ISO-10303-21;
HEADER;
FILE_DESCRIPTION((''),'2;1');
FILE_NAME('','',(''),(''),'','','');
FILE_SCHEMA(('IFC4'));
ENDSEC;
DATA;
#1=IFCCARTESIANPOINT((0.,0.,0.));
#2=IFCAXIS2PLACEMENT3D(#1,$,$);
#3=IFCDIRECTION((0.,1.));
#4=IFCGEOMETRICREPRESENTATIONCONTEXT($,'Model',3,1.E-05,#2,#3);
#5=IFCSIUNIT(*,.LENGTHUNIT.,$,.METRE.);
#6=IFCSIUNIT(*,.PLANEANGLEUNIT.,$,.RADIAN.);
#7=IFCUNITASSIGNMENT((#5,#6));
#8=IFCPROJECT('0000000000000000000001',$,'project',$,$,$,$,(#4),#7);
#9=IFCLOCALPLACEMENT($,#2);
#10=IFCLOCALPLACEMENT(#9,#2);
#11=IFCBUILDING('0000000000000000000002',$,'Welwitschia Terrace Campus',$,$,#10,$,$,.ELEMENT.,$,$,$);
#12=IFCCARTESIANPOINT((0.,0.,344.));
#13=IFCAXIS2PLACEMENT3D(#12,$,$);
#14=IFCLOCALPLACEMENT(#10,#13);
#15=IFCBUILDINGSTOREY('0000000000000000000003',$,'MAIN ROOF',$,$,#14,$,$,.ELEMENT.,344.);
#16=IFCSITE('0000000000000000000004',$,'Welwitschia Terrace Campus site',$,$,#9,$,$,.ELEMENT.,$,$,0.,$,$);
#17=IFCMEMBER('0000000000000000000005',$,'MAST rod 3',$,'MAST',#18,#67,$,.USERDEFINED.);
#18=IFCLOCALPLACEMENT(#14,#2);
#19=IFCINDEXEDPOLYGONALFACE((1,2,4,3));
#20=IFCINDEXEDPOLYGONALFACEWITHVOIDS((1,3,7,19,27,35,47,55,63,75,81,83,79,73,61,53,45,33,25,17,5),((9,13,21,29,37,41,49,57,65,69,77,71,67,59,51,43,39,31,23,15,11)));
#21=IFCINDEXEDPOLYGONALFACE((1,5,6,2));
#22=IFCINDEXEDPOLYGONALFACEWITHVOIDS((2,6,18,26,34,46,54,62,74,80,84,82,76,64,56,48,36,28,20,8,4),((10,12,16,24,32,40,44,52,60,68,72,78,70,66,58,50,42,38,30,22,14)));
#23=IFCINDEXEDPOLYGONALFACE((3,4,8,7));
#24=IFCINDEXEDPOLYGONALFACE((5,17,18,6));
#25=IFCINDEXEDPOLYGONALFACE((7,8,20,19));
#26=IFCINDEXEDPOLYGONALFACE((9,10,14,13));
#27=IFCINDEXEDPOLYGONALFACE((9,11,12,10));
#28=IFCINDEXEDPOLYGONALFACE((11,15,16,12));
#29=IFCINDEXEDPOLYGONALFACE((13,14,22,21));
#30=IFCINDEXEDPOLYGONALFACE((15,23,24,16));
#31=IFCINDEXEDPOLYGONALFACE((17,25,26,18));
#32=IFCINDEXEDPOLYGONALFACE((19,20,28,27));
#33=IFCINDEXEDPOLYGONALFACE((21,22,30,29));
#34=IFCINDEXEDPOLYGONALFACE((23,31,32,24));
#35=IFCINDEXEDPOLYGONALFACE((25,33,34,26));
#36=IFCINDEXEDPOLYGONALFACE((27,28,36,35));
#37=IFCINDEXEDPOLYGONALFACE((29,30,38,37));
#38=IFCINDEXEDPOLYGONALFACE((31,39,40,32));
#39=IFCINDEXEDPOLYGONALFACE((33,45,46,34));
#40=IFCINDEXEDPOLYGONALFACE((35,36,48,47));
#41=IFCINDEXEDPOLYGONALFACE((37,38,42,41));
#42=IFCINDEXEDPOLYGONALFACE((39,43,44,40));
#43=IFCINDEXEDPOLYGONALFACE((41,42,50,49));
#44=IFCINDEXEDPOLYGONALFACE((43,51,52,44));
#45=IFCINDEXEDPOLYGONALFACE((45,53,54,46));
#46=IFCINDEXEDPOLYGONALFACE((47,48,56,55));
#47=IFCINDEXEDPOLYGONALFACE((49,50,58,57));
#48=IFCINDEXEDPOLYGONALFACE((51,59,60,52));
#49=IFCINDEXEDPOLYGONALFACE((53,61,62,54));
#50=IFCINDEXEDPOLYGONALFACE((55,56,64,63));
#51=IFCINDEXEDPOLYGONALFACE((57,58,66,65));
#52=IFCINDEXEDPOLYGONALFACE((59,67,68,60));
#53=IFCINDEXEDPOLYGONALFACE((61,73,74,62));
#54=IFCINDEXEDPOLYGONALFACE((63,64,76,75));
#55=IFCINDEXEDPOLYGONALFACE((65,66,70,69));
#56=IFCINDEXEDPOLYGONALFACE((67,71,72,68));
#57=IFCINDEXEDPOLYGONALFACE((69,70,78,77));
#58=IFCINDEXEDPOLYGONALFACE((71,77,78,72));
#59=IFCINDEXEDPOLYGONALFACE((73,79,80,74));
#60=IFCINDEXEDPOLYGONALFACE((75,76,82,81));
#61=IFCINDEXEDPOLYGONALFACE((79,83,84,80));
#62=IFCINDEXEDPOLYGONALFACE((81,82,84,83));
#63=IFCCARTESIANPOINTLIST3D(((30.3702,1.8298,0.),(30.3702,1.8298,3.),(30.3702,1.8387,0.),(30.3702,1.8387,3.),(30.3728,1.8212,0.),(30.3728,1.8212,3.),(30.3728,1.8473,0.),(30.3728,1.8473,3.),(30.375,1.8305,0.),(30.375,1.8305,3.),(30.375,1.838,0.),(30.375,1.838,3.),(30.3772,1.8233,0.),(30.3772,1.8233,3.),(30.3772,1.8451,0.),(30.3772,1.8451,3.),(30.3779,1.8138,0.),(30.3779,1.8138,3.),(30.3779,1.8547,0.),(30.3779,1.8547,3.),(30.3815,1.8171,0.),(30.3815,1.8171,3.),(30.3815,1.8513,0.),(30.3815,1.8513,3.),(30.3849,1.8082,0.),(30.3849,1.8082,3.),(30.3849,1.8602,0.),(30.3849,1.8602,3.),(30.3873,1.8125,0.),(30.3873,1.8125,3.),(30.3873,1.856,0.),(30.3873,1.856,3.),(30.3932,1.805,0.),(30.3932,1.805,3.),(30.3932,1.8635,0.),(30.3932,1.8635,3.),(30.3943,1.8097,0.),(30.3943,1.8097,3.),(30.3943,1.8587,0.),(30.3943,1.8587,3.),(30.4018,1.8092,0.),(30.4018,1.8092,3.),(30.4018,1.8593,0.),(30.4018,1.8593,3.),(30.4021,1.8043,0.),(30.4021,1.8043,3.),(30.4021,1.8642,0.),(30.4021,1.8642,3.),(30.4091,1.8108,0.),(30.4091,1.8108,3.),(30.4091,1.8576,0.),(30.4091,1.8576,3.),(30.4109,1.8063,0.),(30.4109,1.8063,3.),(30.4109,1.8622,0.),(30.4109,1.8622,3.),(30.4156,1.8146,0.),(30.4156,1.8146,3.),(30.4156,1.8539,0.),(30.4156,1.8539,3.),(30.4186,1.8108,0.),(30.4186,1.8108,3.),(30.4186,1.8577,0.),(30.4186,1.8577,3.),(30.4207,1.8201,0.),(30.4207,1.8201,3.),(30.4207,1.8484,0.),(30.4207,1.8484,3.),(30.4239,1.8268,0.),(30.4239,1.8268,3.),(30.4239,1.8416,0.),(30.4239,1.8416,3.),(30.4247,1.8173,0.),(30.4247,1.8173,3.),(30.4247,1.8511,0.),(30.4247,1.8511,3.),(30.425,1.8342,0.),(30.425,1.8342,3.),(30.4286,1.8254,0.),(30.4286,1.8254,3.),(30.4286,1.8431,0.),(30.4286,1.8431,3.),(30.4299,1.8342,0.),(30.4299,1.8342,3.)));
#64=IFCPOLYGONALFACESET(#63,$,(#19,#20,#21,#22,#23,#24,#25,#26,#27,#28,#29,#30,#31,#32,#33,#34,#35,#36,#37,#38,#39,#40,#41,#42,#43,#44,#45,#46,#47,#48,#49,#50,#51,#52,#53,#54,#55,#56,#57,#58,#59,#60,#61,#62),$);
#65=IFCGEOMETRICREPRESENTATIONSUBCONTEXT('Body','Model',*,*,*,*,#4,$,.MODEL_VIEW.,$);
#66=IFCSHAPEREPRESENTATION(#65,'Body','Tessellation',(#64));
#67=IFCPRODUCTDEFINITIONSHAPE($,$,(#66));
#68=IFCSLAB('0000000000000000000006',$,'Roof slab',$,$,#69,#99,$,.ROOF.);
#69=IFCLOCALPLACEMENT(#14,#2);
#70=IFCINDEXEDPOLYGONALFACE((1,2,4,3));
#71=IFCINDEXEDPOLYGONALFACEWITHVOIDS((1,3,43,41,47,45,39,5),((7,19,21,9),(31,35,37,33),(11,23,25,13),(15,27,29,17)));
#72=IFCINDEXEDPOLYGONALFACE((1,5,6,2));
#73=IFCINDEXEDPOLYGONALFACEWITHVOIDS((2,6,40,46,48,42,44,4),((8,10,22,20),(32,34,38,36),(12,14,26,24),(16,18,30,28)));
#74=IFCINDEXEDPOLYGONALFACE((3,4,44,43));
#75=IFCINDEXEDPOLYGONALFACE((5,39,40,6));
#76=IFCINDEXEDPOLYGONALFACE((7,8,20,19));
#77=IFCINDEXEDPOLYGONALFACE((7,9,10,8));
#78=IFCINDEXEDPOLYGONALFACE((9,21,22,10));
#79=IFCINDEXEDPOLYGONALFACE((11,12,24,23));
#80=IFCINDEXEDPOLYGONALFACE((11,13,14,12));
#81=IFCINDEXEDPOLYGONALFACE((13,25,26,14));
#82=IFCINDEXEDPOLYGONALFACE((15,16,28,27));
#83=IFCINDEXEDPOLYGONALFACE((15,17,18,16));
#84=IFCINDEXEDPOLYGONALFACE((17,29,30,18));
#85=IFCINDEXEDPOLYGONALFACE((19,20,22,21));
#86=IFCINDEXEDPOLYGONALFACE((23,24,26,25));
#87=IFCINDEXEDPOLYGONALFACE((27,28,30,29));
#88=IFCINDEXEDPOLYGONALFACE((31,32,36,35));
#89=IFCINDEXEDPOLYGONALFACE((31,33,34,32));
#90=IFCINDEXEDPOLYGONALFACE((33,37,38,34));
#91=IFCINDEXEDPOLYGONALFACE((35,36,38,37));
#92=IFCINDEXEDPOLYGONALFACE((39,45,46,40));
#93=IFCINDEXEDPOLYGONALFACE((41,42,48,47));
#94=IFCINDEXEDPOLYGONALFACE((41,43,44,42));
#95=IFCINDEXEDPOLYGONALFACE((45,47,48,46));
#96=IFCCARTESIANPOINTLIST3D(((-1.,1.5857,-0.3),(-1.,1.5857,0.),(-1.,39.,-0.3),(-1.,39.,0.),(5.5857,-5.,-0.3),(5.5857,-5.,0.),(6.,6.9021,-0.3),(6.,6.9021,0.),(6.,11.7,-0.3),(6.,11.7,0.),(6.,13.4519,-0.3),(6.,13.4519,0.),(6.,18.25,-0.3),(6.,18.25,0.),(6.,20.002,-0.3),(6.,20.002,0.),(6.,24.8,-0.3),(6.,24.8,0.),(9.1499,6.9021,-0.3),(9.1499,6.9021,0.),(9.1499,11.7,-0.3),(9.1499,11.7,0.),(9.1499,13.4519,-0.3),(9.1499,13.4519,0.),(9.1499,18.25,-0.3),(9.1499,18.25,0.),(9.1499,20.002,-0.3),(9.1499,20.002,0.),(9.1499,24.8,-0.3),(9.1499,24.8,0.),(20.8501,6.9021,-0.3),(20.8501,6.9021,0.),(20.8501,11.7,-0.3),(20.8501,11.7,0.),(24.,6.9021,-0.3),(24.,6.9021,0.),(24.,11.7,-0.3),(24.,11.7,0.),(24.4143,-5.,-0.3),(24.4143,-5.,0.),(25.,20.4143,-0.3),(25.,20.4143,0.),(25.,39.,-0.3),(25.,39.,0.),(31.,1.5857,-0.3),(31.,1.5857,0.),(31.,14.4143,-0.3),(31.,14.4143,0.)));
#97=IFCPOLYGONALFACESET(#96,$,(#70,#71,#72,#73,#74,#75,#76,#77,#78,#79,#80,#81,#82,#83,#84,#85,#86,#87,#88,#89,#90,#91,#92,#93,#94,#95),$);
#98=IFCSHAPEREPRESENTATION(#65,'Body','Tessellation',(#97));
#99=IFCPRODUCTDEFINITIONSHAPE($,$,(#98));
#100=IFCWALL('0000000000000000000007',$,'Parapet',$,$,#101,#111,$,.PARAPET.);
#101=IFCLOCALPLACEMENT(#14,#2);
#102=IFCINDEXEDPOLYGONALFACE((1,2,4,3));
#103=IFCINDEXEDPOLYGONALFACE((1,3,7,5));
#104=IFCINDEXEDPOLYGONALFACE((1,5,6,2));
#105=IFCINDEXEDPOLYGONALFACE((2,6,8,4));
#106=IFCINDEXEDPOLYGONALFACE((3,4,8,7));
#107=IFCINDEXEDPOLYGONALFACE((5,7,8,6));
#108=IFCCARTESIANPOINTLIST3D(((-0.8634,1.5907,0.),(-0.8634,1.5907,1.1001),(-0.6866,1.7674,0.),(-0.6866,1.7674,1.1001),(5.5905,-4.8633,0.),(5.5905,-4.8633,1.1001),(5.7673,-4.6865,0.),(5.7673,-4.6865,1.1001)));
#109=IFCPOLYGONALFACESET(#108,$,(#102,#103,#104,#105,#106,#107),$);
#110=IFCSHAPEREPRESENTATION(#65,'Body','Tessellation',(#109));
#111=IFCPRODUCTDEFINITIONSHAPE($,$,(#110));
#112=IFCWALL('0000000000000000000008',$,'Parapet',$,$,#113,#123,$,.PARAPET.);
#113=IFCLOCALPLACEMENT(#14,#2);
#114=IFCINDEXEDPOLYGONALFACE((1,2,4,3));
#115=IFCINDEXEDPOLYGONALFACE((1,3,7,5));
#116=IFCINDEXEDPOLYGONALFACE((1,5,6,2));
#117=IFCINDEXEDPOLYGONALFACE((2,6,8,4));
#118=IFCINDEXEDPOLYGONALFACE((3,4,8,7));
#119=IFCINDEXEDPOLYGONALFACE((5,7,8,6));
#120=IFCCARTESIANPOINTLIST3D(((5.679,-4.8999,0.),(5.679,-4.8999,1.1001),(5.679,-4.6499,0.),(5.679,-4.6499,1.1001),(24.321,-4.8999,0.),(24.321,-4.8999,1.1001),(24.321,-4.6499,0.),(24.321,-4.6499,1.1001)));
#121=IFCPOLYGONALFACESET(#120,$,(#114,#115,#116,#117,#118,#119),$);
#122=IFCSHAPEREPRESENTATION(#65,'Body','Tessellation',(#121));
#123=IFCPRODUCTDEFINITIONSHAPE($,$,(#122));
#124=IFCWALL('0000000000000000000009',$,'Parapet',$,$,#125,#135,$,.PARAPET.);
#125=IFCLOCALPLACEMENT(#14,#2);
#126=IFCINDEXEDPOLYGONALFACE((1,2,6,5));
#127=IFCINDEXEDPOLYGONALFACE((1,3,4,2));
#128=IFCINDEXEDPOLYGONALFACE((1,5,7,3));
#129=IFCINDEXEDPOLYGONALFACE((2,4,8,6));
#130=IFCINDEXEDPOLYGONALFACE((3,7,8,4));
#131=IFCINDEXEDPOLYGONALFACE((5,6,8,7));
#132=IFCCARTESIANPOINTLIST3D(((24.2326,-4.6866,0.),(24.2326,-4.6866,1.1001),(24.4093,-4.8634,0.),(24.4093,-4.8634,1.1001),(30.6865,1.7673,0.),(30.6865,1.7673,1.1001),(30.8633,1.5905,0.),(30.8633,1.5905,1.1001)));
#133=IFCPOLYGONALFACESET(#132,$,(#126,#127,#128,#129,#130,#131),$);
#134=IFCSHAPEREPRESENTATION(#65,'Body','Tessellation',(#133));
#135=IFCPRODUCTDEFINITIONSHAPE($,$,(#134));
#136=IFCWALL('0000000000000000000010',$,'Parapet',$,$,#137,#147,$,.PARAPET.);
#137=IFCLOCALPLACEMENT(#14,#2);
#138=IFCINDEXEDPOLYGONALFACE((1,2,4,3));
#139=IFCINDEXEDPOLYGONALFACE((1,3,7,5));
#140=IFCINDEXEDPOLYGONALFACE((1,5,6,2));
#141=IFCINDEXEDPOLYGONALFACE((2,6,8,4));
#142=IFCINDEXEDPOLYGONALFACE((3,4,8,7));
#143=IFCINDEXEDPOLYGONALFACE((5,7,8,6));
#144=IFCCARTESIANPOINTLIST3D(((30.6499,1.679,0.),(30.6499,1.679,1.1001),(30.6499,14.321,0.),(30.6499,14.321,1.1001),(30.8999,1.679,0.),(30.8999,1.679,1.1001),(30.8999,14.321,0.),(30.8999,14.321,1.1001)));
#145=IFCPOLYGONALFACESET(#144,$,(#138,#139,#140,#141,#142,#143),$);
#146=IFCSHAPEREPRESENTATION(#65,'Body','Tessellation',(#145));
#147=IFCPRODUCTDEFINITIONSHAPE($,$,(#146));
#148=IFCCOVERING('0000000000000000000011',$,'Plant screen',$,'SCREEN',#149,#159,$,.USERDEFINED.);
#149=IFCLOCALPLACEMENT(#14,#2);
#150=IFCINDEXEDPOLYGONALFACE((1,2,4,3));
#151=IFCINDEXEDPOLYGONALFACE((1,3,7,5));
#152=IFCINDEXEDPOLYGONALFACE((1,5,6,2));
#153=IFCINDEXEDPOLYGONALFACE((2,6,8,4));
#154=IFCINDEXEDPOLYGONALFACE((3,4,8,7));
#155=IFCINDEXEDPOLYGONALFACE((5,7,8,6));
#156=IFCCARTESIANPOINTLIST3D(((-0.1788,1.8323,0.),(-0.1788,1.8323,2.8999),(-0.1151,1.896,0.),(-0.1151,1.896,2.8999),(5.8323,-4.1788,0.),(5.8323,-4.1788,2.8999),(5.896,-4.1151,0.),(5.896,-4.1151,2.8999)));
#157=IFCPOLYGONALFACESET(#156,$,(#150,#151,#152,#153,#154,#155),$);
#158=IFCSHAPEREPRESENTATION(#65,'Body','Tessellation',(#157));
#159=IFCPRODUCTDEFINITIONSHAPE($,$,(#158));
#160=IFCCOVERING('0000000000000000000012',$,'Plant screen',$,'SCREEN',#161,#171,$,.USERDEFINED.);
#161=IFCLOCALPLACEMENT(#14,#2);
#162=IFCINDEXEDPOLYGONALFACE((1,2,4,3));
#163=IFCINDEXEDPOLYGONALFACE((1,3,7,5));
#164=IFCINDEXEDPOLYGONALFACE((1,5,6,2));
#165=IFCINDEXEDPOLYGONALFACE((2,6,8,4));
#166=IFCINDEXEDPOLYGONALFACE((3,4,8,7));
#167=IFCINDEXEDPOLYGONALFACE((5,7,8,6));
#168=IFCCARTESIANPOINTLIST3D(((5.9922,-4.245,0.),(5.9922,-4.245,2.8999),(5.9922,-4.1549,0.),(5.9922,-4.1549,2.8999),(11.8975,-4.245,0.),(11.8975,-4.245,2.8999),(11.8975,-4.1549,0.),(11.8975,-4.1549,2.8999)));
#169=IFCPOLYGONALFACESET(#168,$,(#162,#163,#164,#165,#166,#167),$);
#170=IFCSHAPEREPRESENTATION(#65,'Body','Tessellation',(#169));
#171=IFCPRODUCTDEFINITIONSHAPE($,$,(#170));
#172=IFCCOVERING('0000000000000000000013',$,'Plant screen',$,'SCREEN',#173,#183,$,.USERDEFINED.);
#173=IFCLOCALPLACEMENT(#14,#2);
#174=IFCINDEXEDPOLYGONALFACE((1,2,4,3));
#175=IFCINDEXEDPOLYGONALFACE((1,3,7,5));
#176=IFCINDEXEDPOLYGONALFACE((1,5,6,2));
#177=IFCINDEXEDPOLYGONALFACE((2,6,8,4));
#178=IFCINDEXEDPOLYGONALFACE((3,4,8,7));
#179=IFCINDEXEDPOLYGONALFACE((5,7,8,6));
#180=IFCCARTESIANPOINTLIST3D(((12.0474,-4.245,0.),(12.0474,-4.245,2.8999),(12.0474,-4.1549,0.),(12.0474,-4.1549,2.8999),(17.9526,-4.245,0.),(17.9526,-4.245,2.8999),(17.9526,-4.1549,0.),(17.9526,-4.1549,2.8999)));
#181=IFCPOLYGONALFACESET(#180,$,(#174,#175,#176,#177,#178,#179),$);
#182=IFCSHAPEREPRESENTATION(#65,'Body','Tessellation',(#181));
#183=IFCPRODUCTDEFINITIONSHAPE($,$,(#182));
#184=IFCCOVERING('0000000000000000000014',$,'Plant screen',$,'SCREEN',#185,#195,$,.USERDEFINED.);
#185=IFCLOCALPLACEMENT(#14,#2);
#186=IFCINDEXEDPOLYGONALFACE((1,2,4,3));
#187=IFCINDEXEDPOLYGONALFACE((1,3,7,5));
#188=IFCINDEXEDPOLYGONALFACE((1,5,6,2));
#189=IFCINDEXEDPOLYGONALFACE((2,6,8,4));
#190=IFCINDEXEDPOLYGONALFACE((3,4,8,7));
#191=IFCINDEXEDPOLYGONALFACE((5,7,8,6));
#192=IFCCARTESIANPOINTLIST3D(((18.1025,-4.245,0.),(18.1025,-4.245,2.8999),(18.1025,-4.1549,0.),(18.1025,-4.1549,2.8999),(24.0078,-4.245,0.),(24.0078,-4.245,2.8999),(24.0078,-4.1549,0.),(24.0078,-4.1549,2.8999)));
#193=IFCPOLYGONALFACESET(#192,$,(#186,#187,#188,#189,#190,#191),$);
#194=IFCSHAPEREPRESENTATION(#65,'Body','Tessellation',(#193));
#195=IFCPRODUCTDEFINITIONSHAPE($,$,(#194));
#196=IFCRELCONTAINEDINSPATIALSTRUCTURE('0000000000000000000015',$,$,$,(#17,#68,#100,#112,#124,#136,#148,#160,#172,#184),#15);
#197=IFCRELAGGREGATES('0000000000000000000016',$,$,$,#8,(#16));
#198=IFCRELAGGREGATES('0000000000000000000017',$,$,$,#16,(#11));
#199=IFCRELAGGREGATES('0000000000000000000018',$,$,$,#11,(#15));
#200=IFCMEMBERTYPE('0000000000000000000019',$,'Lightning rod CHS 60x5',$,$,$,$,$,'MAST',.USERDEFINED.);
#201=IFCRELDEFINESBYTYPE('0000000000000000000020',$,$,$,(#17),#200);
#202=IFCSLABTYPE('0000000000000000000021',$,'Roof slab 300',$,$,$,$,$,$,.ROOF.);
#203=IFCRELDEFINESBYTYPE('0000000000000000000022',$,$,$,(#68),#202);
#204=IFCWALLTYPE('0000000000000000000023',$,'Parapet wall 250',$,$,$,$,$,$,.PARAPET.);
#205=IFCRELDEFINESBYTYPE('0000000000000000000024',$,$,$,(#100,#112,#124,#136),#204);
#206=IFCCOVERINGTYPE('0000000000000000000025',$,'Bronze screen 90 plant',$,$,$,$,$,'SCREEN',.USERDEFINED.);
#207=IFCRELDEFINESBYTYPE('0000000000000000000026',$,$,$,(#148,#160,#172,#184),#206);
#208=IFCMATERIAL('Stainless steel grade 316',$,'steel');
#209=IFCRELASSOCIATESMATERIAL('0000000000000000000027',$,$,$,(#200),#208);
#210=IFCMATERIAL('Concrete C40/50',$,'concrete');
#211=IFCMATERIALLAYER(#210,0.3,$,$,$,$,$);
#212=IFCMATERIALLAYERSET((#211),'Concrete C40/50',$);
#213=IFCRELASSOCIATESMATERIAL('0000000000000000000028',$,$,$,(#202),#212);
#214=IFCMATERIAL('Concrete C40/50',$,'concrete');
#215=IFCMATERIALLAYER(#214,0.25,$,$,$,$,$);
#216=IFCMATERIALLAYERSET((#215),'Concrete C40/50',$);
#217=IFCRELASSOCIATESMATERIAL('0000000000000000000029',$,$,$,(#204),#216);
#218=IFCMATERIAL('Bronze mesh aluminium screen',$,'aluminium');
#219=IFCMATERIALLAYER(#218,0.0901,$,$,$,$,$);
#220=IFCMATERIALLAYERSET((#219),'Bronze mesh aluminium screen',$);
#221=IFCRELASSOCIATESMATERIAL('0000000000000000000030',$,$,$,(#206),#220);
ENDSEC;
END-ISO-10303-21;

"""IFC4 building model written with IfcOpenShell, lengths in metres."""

from ifc_helpers import new_model, si_unit, direction, frame, frame_2d, origin, origin_2d, place, context, subcontext, project, spatial, polyline, rectangle, hollow_circle, outline, extrude, material, layer, layer_set, material_profile, profile_set, type_object, element, save


model = new_model("IFC4")

# Units and contexts
model_context = context("Model", 3, precision=1e-05, world=origin(), true_north=direction((0.0, 1.0)))
body_context = subcontext(model_context, "Body", "Model", "MODEL_VIEW")
ifc_project = project(units=[si_unit("LENGTHUNIT", "METRE"), si_unit("PLANEANGLEUNIT", "RADIAN")], contexts=[model_context])

# Site, building, storey
site_placement = place(None, origin())
site = spatial("IfcSite", under=ifc_project, at=site_placement, Name="Welwitschia Terrace Campus site", CompositionType="ELEMENT", RefElevation=0.0)
building_placement = place(site_placement, origin())
building = spatial("IfcBuilding", under=site, at=building_placement, Name="Welwitschia Terrace Campus", CompositionType="ELEMENT")
storey_placement = place(building_placement, frame((0.0, 0.0, 344.0)))
storey = spatial("IfcBuildingStorey", under=building, at=storey_placement, Name="MAIN ROOF", CompositionType="ELEMENT", Elevation=344.0)

# Member
ifc_material_1 = material(Name="Stainless steel grade 316", Category="steel")
ifc_material_profile = material_profile(ifc_material_1, hollow_circle(Radius=0.03, WallThickness=0.0049, at=origin_2d()))
ifc_profile_set = profile_set([ifc_material_profile], Name="Stainless steel grade 316")
member_type = type_object("IfcMemberType", Name="Lightning rod CHS 60x5", ElementType="MAST", PredefinedType="USERDEFINED", material=ifc_profile_set)
member_placement = place(storey_placement, frame((30.3999, 1.8342, 0.0), z_axis=(0.0, 0.0, 1.0), x_axis=(1.0, 0.0, 0.0)))
element("IfcMember", 1, at=member_placement, inside=storey, type_object=member_type, Name="MAST rod 3", ObjectType="MAST", PredefinedType="USERDEFINED", context=body_context, shape_type="SweptSolid", body=[
    extrude(hollow_circle(Radius=0.03, WallThickness=0.0049, at=origin_2d()), origin(), (0.0, 0.0, 1.0), 3.0),
])

# Slab
ifc_material_2 = material(Name="Concrete C40/50", Category="concrete")
ifc_layer_1 = layer(ifc_material_2, 0.3)
ifc_layer_set_1 = layer_set([ifc_layer_1], Name="Concrete C40/50")
slab_type = type_object("IfcSlabType", Name="Roof slab 300", PredefinedType="ROOF", material=ifc_layer_set_1)
slab_placement = place(storey_placement, frame((0.0, 0.0, -0.3)))
element("IfcSlab", 2, at=slab_placement, inside=storey, type_object=slab_type, Name="Roof slab", PredefinedType="ROOF", context=body_context, shape_type="SweptSolid", body=[
    extrude(outline(polyline([(-1.0, 39.0), (25.0, 39.0), (25.0, 20.4143), (31.0, 14.4143), (31.0, 1.5857), (24.4143, -5.0), (5.5857, -5.0), (-1.0, 1.5857), (-1.0, 39.0)]), holes=[polyline([(6.0, 6.9021), (9.1499, 6.9021), (9.1499, 11.7), (6.0, 11.7), (6.0, 6.9021)]), polyline([(20.8501, 6.9021), (24.0, 6.9021), (24.0, 11.7), (20.8501, 11.7), (20.8501, 6.9021)]), polyline([(6.0, 13.4519), (9.1499, 13.4519), (9.1499, 18.25), (6.0, 18.25), (6.0, 13.4519)]), polyline([(6.0, 20.002), (9.1499, 20.002), (9.1499, 24.8), (6.0, 24.8), (6.0, 20.002)])]), origin(), (0.0, 0.0, 1.0), 0.3),
])

# Walls
ifc_material_3 = material(Name="Concrete C40/50", Category="concrete")
ifc_layer_2 = layer(ifc_material_3, 0.25)
ifc_layer_set_2 = layer_set([ifc_layer_2], Name="Concrete C40/50")
wall_type = type_object("IfcWallType", Name="Parapet wall 250", PredefinedType="PARAPET", material=ifc_layer_set_2)
wall_1_placement = place(storey_placement, frame((-0.7749, 1.679, 0.0), z_axis=(0.0, 0.0, 1.0), x_axis=(0.707107, -0.707107, 0.0)))
element("IfcWall", 3, at=wall_1_placement, inside=storey, type_object=wall_type, Name="Parapet", PredefinedType="PARAPET", context=body_context, shape_type="SweptSolid", body=[
    extrude(rectangle(XDim=9.1272, YDim=0.25, at=frame_2d((4.5635, 0.0))), origin(), (0.0, 0.0, 1.0), 1.1001),
])
wall_2_placement = place(storey_placement, frame((5.679, -4.7749, 0.0), z_axis=(0.0, 0.0, 1.0), x_axis=(1.0, 0.0, 0.0)))
element("IfcWall", 4, at=wall_2_placement, inside=storey, type_object=wall_type, Name="Parapet", PredefinedType="PARAPET", context=body_context, shape_type="SweptSolid", body=[
    extrude(rectangle(XDim=18.6421, YDim=0.25, at=frame_2d((9.321, 0.0))), origin(), (0.0, 0.0, 1.0), 1.1001),
])
wall_3_placement = place(storey_placement, frame((24.321, -4.7749, 0.0), z_axis=(0.0, 0.0, 1.0), x_axis=(0.707107, 0.707107, 0.0)))
element("IfcWall", 5, at=wall_3_placement, inside=storey, type_object=wall_type, Name="Parapet", PredefinedType="PARAPET", context=body_context, shape_type="SweptSolid", body=[
    extrude(rectangle(XDim=9.1272, YDim=0.25, at=frame_2d((4.5635, 0.0))), origin(), (0.0, 0.0, 1.0), 1.1001),
])
wall_4_placement = place(storey_placement, frame((30.7749, 1.679, 0.0), z_axis=(0.0, 0.0, 1.0), x_axis=(0.0, 1.0, 0.0)))
element("IfcWall", 6, at=wall_4_placement, inside=storey, type_object=wall_type, Name="Parapet", PredefinedType="PARAPET", context=body_context, shape_type="SweptSolid", body=[
    extrude(rectangle(XDim=12.6421, YDim=0.25, at=frame_2d((6.321, 0.0))), origin(), (0.0, 0.0, 1.0), 1.1001),
])

# Coverings
ifc_material_4 = material(Name="Bronze mesh aluminium screen", Category="aluminium")
ifc_layer_3 = layer(ifc_material_4, 0.0901)
ifc_layer_set_3 = layer_set([ifc_layer_3], Name="Bronze mesh aluminium screen")
covering_type_1 = type_object("IfcCoveringType", Name="Bronze screen 90 plant", ElementType="SCREEN", PredefinedType="USERDEFINED", material=ifc_layer_set_3)
covering_1_placement = place(storey_placement, frame((2.8586, -1.1414, 0.0), z_axis=(0.0, 0.0, 1.0), x_axis=(0.707107, -0.707107, 0.0)))
element("IfcCovering", 7, at=covering_1_placement, inside=storey, type_object=covering_type_1, Name="Plant screen", ObjectType="SCREEN", PredefinedType="USERDEFINED", context=body_context, shape_type="SweptSolid", body=[
    extrude(rectangle(XDim=8.501, YDim=0.0901, at=origin_2d()), origin(), (0.0, 0.0, 1.0), 2.8999),
])
for number, where, z_axis, x_axis, name in (
    (8, (8.9448, -4.2, 0.0), (0.0, 0.0, 1.0), (1.0, 0.0, 0.0), "Plant screen"),
    (9, (15.0, -4.2, 0.0), (0.0, 0.0, 1.0), (1.0, 0.0, 0.0), "Plant screen"),
    (10, (21.0552, -4.2, 0.0), (0.0, 0.0, 1.0), (1.0, 0.0, 0.0), "Plant screen"),
):
    element("IfcCovering", number, at=place(storey_placement, frame(where, z_axis=z_axis, x_axis=x_axis)), inside=storey, type_object=covering_type_1, Name=name, ObjectType="SCREEN", PredefinedType="USERDEFINED", context=body_context, shape_type="SweptSolid", body=[
        extrude(rectangle(XDim=5.9053, YDim=0.0901, at=origin_2d()), origin(), (0.0, 0.0, 1.0), 2.8999),
    ])

save(model, "model.ifc")
